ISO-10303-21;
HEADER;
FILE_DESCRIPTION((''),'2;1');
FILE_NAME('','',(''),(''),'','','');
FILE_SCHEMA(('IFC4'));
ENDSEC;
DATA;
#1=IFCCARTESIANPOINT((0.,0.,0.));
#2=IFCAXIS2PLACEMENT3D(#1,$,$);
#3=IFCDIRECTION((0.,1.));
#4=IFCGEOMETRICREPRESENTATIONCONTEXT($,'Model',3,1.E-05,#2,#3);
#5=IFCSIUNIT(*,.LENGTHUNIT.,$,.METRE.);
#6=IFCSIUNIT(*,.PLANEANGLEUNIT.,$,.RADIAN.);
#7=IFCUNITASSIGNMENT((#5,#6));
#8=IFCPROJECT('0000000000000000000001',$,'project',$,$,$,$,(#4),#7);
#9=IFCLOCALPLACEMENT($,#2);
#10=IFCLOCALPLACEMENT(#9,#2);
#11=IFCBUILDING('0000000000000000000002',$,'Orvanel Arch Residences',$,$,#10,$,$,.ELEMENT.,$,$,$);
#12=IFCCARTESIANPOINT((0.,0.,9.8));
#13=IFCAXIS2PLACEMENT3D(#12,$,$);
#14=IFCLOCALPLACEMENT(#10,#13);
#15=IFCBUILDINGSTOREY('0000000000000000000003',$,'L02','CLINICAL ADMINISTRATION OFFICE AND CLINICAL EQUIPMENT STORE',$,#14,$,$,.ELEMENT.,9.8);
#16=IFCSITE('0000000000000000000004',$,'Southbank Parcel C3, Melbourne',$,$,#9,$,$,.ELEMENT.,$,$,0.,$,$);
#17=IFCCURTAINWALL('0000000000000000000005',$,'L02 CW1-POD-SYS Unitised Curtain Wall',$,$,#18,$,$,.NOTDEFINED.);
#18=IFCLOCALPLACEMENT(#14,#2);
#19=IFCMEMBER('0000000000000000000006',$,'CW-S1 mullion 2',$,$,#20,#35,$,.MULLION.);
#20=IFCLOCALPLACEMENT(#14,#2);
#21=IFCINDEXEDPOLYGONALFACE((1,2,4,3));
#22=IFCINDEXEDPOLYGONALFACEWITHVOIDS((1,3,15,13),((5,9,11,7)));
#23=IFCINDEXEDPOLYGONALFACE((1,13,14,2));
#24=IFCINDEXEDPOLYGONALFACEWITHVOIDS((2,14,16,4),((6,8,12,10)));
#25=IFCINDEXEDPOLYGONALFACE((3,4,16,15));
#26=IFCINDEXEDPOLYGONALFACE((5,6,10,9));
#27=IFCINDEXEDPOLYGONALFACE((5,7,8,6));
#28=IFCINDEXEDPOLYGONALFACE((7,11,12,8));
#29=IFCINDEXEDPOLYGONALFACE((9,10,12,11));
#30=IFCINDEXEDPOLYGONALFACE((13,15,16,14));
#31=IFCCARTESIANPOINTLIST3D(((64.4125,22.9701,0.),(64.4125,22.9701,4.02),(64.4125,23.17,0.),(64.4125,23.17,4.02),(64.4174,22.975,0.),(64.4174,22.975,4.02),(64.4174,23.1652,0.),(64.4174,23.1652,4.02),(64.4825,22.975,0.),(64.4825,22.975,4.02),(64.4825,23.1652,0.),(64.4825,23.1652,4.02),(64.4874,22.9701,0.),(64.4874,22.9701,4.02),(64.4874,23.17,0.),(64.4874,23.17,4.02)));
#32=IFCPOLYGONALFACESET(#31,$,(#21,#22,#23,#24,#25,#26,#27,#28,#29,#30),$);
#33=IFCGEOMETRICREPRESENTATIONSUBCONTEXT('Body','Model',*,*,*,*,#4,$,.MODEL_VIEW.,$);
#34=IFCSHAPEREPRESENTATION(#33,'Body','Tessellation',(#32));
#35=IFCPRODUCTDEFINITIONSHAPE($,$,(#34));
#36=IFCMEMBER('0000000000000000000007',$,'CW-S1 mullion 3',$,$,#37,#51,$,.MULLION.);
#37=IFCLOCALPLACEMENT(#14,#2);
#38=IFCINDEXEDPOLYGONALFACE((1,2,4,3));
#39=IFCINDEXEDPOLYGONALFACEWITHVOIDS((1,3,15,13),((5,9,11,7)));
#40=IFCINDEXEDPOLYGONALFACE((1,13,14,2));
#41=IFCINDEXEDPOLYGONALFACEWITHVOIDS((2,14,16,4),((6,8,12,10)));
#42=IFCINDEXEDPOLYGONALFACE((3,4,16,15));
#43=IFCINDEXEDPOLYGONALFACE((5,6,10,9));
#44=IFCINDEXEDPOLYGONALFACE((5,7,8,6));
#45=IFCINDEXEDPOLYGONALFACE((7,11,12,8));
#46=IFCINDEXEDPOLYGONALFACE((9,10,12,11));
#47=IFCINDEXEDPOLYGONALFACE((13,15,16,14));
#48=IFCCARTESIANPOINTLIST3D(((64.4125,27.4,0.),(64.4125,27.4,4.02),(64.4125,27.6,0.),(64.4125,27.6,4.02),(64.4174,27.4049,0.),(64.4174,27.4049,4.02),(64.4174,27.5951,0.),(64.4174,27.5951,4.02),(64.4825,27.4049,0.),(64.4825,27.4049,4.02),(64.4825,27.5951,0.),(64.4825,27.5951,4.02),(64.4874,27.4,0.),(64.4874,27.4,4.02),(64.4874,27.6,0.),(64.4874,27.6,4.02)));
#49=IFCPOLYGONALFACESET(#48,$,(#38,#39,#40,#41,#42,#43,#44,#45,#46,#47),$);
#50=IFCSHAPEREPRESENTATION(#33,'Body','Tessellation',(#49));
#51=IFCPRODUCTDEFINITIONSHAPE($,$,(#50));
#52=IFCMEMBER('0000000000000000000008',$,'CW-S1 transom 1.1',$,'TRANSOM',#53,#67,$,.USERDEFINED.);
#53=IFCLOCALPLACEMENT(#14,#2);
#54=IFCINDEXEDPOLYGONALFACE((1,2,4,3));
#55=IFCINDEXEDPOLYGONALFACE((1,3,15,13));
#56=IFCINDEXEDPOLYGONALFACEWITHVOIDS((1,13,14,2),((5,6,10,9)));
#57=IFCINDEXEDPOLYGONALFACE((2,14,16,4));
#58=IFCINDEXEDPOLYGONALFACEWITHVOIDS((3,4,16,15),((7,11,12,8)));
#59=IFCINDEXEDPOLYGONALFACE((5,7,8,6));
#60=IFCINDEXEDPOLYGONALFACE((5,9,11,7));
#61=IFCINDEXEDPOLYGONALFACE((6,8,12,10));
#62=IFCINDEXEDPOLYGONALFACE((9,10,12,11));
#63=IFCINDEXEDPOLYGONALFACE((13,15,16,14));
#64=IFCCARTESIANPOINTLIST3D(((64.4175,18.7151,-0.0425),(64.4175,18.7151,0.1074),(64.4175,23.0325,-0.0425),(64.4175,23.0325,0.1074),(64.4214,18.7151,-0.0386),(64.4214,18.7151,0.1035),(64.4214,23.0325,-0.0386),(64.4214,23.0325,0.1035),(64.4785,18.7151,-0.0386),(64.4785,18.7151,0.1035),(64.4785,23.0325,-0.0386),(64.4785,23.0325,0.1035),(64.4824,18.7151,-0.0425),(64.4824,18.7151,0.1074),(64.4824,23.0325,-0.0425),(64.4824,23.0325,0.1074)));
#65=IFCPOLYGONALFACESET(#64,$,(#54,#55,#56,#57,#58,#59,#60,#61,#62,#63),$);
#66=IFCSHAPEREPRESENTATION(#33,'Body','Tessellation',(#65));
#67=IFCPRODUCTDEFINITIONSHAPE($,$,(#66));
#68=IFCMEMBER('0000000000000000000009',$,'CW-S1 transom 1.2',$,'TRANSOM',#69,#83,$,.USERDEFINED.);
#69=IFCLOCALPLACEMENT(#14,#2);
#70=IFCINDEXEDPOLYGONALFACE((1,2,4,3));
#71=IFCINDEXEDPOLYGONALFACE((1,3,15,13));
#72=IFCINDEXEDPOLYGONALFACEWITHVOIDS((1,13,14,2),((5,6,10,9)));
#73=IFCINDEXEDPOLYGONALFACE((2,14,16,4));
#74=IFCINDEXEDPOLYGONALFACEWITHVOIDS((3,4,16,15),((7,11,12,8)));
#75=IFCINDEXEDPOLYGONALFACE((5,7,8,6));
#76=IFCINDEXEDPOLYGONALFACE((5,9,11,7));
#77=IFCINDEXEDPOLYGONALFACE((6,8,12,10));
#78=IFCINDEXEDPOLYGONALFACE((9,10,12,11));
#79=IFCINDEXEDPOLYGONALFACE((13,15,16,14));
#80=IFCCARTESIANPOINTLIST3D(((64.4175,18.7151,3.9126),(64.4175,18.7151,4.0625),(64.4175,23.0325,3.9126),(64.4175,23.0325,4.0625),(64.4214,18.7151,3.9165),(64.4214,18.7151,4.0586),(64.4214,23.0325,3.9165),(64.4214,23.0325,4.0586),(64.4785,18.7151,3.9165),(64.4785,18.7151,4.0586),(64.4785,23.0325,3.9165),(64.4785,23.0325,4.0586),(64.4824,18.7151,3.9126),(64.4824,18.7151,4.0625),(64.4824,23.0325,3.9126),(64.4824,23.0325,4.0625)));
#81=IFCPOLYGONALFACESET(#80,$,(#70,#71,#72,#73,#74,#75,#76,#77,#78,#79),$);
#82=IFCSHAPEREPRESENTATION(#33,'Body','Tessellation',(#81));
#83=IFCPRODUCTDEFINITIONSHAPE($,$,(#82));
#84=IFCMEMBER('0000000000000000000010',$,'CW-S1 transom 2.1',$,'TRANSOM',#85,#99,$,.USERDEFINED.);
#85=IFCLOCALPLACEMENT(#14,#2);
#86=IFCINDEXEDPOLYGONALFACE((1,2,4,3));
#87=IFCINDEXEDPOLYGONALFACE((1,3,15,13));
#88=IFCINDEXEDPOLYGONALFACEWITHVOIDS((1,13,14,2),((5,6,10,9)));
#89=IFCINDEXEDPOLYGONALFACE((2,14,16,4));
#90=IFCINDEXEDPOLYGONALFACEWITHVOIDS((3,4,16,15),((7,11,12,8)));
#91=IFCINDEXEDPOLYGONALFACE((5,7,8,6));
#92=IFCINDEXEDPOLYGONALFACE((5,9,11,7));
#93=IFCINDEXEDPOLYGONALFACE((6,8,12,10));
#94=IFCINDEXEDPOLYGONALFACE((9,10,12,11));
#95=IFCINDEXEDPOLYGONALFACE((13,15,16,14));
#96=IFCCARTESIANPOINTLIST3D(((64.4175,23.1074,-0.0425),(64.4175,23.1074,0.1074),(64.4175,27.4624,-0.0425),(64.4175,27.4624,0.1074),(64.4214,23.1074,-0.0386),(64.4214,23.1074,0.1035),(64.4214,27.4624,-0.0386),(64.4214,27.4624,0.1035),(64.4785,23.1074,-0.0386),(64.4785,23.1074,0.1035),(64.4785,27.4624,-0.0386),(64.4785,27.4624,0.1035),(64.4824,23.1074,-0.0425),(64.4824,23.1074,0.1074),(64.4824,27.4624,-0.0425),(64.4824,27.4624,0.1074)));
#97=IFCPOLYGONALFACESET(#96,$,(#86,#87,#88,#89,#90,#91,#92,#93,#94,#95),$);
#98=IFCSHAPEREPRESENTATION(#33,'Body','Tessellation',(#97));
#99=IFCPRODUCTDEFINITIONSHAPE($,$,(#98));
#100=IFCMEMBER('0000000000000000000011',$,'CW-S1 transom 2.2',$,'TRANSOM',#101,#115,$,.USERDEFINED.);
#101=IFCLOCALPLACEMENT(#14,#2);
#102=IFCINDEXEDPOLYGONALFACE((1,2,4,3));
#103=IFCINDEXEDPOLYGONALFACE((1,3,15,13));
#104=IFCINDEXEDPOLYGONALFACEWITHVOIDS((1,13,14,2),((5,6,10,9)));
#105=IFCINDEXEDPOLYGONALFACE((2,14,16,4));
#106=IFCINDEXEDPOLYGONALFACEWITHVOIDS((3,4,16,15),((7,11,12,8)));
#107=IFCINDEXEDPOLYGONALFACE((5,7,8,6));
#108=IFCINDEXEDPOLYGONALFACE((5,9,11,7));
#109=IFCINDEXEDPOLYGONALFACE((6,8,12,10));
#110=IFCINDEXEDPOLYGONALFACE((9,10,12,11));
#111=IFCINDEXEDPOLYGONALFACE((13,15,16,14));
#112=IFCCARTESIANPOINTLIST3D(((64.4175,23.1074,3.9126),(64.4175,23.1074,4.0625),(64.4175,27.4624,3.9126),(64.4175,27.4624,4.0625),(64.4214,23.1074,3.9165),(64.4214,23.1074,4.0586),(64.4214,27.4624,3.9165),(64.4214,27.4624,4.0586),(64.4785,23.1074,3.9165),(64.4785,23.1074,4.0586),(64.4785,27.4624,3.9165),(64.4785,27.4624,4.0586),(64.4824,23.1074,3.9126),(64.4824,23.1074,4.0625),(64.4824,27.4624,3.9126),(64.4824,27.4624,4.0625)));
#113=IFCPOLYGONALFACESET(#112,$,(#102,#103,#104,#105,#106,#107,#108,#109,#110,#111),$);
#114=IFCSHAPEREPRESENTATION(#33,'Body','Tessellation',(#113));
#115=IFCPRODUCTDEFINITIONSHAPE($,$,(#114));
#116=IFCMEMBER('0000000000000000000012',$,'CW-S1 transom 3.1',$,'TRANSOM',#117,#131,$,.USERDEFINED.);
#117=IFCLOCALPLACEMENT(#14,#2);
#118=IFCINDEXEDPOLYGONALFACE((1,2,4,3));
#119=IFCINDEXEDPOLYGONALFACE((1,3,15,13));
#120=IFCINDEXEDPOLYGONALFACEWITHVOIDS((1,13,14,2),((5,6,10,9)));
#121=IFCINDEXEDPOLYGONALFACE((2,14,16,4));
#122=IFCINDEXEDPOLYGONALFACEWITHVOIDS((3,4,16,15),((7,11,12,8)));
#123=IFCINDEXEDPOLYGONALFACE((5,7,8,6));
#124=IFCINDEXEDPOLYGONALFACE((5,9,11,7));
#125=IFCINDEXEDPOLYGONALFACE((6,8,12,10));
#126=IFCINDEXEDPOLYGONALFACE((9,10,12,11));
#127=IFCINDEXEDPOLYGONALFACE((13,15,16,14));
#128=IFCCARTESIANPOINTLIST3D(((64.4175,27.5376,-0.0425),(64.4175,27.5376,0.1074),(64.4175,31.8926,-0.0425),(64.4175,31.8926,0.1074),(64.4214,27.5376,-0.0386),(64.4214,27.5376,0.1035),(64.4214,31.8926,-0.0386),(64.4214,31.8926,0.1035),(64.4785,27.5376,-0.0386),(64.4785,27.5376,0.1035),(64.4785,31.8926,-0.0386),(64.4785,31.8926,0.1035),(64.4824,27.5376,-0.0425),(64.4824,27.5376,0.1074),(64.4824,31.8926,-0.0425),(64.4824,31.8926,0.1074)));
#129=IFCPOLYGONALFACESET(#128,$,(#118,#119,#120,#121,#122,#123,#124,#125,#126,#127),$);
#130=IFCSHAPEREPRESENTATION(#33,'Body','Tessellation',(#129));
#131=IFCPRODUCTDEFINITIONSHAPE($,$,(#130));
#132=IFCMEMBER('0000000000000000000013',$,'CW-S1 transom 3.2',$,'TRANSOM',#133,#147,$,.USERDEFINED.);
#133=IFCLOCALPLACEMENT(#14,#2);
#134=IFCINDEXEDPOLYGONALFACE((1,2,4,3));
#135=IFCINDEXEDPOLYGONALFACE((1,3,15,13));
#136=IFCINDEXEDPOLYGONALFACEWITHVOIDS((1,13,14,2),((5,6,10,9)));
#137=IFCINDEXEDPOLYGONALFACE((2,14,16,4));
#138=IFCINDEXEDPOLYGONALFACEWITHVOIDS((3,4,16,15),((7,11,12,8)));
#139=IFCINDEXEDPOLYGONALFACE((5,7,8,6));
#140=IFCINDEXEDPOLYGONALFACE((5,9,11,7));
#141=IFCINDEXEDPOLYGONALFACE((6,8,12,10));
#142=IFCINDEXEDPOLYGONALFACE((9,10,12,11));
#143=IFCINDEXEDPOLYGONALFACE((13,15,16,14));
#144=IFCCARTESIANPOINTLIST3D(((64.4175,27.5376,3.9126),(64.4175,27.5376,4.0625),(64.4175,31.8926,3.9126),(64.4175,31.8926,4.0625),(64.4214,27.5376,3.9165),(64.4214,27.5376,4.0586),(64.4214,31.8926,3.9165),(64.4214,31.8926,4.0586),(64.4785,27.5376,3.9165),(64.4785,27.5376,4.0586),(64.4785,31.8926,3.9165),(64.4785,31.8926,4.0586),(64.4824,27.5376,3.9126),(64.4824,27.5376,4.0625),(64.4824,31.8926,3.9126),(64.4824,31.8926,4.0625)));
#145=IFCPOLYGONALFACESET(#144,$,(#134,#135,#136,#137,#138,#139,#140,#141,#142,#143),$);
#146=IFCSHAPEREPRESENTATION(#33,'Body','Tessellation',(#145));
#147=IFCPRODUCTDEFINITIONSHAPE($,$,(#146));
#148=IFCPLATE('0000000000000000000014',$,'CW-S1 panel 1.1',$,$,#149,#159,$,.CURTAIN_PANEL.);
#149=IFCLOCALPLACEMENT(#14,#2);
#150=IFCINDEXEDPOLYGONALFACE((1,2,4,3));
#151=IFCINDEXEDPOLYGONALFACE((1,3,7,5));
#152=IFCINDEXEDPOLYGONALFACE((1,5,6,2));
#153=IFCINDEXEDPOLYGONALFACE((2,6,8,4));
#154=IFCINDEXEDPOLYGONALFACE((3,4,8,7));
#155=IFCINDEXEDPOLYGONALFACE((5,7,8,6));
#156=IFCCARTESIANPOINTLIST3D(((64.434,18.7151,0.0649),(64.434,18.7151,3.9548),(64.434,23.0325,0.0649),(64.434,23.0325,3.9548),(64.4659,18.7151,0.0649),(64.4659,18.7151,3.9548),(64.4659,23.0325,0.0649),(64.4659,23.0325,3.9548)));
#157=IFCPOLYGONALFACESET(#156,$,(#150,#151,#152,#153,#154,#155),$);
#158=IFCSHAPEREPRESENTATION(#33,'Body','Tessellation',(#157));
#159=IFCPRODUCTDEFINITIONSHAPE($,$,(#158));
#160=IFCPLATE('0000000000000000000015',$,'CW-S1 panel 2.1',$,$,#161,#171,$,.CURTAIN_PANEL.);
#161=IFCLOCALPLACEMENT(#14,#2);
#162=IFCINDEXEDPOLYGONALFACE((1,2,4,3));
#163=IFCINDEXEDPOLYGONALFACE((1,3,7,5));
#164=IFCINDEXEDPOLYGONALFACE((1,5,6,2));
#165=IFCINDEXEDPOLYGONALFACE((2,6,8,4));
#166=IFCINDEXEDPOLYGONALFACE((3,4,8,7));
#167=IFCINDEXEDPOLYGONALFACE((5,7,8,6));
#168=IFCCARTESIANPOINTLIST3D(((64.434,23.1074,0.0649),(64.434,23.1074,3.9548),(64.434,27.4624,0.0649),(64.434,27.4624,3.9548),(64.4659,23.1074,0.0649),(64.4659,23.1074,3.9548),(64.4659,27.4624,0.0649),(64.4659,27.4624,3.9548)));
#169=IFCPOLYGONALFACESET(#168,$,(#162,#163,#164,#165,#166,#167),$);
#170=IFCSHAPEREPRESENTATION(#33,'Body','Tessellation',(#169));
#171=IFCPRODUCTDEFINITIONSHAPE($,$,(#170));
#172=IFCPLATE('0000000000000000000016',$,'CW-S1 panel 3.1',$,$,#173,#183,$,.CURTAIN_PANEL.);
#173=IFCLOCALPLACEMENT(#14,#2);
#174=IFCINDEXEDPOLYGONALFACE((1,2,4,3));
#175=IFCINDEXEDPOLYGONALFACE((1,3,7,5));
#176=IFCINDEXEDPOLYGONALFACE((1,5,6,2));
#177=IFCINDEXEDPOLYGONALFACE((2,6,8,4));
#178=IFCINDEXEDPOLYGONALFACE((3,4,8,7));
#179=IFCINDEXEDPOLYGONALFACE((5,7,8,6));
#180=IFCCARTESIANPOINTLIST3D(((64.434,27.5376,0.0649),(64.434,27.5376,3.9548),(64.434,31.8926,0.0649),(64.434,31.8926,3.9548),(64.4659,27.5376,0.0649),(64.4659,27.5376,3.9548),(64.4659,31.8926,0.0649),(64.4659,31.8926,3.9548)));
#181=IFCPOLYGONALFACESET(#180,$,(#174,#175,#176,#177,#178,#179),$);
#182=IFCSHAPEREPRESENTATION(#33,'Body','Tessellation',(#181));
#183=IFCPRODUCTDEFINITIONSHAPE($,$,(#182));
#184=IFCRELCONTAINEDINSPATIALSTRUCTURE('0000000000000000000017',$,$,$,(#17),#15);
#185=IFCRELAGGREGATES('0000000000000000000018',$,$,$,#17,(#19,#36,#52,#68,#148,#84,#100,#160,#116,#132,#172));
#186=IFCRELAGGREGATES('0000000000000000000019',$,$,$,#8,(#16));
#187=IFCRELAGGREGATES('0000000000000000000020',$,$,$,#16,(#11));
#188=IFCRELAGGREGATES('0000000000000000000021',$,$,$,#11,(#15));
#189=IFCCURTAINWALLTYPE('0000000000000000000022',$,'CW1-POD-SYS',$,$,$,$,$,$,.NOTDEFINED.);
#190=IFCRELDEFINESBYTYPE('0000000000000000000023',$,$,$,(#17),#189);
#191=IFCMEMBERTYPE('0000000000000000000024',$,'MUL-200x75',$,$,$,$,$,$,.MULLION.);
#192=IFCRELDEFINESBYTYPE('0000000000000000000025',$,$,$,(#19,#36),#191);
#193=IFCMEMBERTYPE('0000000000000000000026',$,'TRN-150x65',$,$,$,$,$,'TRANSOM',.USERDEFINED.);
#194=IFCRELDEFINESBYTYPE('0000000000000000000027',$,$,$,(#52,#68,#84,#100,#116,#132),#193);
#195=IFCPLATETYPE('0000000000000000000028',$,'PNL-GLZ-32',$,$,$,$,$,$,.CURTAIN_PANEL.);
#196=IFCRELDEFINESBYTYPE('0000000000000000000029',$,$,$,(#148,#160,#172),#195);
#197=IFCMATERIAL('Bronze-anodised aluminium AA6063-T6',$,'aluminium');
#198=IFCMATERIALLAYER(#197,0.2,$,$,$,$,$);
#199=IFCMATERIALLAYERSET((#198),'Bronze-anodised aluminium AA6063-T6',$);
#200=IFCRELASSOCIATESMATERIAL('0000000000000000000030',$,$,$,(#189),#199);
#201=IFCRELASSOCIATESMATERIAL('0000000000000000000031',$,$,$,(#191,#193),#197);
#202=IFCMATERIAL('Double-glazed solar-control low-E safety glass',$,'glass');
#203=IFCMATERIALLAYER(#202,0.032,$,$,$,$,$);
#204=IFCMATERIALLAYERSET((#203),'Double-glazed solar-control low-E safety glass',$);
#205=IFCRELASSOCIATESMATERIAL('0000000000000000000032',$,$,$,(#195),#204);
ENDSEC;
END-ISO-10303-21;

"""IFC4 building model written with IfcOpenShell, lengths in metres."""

from ifc_helpers import new_model, si_unit, direction, frame, origin, origin_2d, place, context, subcontext, project, spatial, rectangle, hollow_rectangle, extrude, material, layer, layer_set, material_profile, profile_set, type_object, element, aggregate, save


model = new_model("IFC4")

# Units and contexts
model_context = context("Model", 3, precision=1e-05, world=origin(), true_north=direction((0.0, 1.0)))
body_context = subcontext(model_context, "Body", "Model", "MODEL_VIEW")
ifc_project = project(units=[si_unit("LENGTHUNIT", "METRE"), si_unit("PLANEANGLEUNIT", "RADIAN")], contexts=[model_context])

# Site, building, storey
site_placement = place(None, origin())
site = spatial("IfcSite", under=ifc_project, at=site_placement, Name="Southbank Parcel C3, Melbourne", CompositionType="ELEMENT", RefElevation=0.0)
building_placement = place(site_placement, origin())
building = spatial("IfcBuilding", under=site, at=building_placement, Name="Orvanel Arch Residences", CompositionType="ELEMENT")
storey_placement = place(building_placement, frame((0.0, 0.0, 9.8)))
storey = spatial("IfcBuildingStorey", under=building, at=storey_placement, Name="L02", Description="CLINICAL ADMINISTRATION OFFICE AND CLINICAL EQUIPMENT STORE", CompositionType="ELEMENT", Elevation=9.8)

# Shared definitions
ifc_material_1 = material(Name="Bronze-anodised aluminium AA6063-T6", Category="aluminium")
ifc_layer_1 = layer(ifc_material_1, 0.2)
ifc_layer_set_1 = layer_set([ifc_layer_1], Name="Bronze-anodised aluminium AA6063-T6")
curtain_wall_type = type_object("IfcCurtainWallType", Name="CW1-POD-SYS", PredefinedType="NOTDEFINED", material=ifc_layer_set_1)
ifc_material_profile_1 = material_profile(ifc_material_1, hollow_rectangle(XDim=0.075, YDim=0.2, WallThickness=0.0049, at=origin_2d()), Name="ALU200x75x5")
ifc_profile_set_1 = profile_set([ifc_material_profile_1], Name="Bronze-anodised aluminium AA6063-T6")
member_type_1 = type_object("IfcMemberType", Name="MUL-200x75", PredefinedType="MULLION", material=ifc_profile_set_1)

# Curtain wall, members, plates
curtain_wall_1_placement = place(storey_placement, origin())
curtain_wall_1 = element("IfcCurtainWall", 1, at=curtain_wall_1_placement, inside=storey, type_object=curtain_wall_type, Name="L02 CW1-POD-SYS Unitised Curtain Wall", PredefinedType="NOTDEFINED")
member_1_placement = place(storey_placement, frame((64.45, 23.0701, 0.0), z_axis=(0.0, 0.0, 1.0), x_axis=(-1.0, 0.0, 0.0)))
member_1 = element("IfcMember", 2, at=member_1_placement, type_object=member_type_1, Name="CW-S1 mullion 2", PredefinedType="MULLION", context=body_context, shape_type="SweptSolid", body=[
    extrude(hollow_rectangle(XDim=0.075, YDim=0.2, WallThickness=0.0049, at=origin_2d()), origin(), (0.0, 0.0, 1.0), 4.02),
])
member_2_placement = place(storey_placement, frame((64.45, 27.5, 0.0), z_axis=(0.0, 0.0, 1.0), x_axis=(-1.0, 0.0, 0.0)))
member_2 = element("IfcMember", 3, at=member_2_placement, type_object=member_type_1, Name="CW-S1 mullion 3", PredefinedType="MULLION", context=body_context, shape_type="SweptSolid", body=[
    extrude(hollow_rectangle(XDim=0.075, YDim=0.2, WallThickness=0.0049, at=origin_2d()), origin(), (0.0, 0.0, 1.0), 4.02),
])
ifc_material_profile_2 = material_profile(ifc_material_1, hollow_rectangle(XDim=0.0649, YDim=0.1499, WallThickness=0.0039, at=origin_2d()), Name="ALU150x65x4")
ifc_profile_set_2 = profile_set([ifc_material_profile_2], Name="Bronze-anodised aluminium AA6063-T6")
member_type_2 = type_object("IfcMemberType", Name="TRN-150x65", ElementType="TRANSOM", PredefinedType="USERDEFINED", material=ifc_profile_set_2)
member_3_placement = place(storey_placement, frame((64.45, 18.7151, 0.0325), z_axis=(0.0, 1.0, 0.0), x_axis=(-1.0, 0.0, 0.0)))
member_3 = element("IfcMember", 4, at=member_3_placement, type_object=member_type_2, Name="CW-S1 transom 1.1", ObjectType="TRANSOM", PredefinedType="USERDEFINED", context=body_context, shape_type="SweptSolid", body=[
    extrude(hollow_rectangle(XDim=0.0649, YDim=0.1499, WallThickness=0.0039, at=origin_2d()), origin(), (0.0, 0.0, 1.0), 4.3174),
])
member_4_placement = place(storey_placement, frame((64.45, 18.7151, 3.9875), z_axis=(0.0, 1.0, 0.0), x_axis=(-1.0, 0.0, 0.0)))
member_4 = element("IfcMember", 5, at=member_4_placement, type_object=member_type_2, Name="CW-S1 transom 1.2", ObjectType="TRANSOM", PredefinedType="USERDEFINED", context=body_context, shape_type="SweptSolid", body=[
    extrude(hollow_rectangle(XDim=0.0649, YDim=0.1499, WallThickness=0.0039, at=origin_2d()), origin(), (0.0, 0.0, 1.0), 4.3174),
])
member_5_placement = place(storey_placement, frame((64.45, 23.1074, 0.0325), z_axis=(0.0, 1.0, 0.0), x_axis=(-1.0, 0.0, 0.0)))
member_5 = element("IfcMember", 6, at=member_5_placement, type_object=member_type_2, Name="CW-S1 transom 2.1", ObjectType="TRANSOM", PredefinedType="USERDEFINED", context=body_context, shape_type="SweptSolid", body=[
    extrude(hollow_rectangle(XDim=0.0649, YDim=0.1499, WallThickness=0.0039, at=origin_2d()), origin(), (0.0, 0.0, 1.0), 4.355),
])
member_6_placement = place(storey_placement, frame((64.45, 23.1074, 3.9875), z_axis=(0.0, 1.0, 0.0), x_axis=(-1.0, 0.0, 0.0)))
member_6 = element("IfcMember", 7, at=member_6_placement, type_object=member_type_2, Name="CW-S1 transom 2.2", ObjectType="TRANSOM", PredefinedType="USERDEFINED", context=body_context, shape_type="SweptSolid", body=[
    extrude(hollow_rectangle(XDim=0.0649, YDim=0.1499, WallThickness=0.0039, at=origin_2d()), origin(), (0.0, 0.0, 1.0), 4.355),
])
member_7_placement = place(storey_placement, frame((64.45, 27.5376, 0.0325), z_axis=(0.0, 1.0, 0.0), x_axis=(-1.0, 0.0, 0.0)))
member_7 = element("IfcMember", 8, at=member_7_placement, type_object=member_type_2, Name="CW-S1 transom 3.1", ObjectType="TRANSOM", PredefinedType="USERDEFINED", context=body_context, shape_type="SweptSolid", body=[
    extrude(hollow_rectangle(XDim=0.0649, YDim=0.1499, WallThickness=0.0039, at=origin_2d()), origin(), (0.0, 0.0, 1.0), 4.355),
])
member_8_placement = place(storey_placement, frame((64.45, 27.5376, 3.9875), z_axis=(0.0, 1.0, 0.0), x_axis=(-1.0, 0.0, 0.0)))
member_8 = element("IfcMember", 9, at=member_8_placement, type_object=member_type_2, Name="CW-S1 transom 3.2", ObjectType="TRANSOM", PredefinedType="USERDEFINED", context=body_context, shape_type="SweptSolid", body=[
    extrude(hollow_rectangle(XDim=0.0649, YDim=0.1499, WallThickness=0.0039, at=origin_2d()), origin(), (0.0, 0.0, 1.0), 4.355),
])
ifc_material_2 = material(Name="Double-glazed solar-control low-E safety glass", Category="glass")
ifc_layer_2 = layer(ifc_material_2, 0.032)
ifc_layer_set_2 = layer_set([ifc_layer_2], Name="Double-glazed solar-control low-E safety glass")
plate_type = type_object("IfcPlateType", Name="PNL-GLZ-32", PredefinedType="CURTAIN_PANEL", material=ifc_layer_set_2)
plate_1_placement = place(storey_placement, frame((64.45, 20.8738, 0.0649), z_axis=(0.0, 0.0, 1.0), x_axis=(0.0, 1.0, 0.0)))
plate_1 = element("IfcPlate", 10, at=plate_1_placement, type_object=plate_type, Name="CW-S1 panel 1.1", PredefinedType="CURTAIN_PANEL", context=body_context, shape_type="SweptSolid", body=[
    extrude(rectangle(XDim=4.3174, YDim=0.032, at=origin_2d()), origin(), (0.0, 0.0, 1.0), 3.8899),
])
plate_2_placement = place(storey_placement, frame((64.45, 25.2849, 0.0649), z_axis=(0.0, 0.0, 1.0), x_axis=(0.0, 1.0, 0.0)))
plate_2 = element("IfcPlate", 11, at=plate_2_placement, type_object=plate_type, Name="CW-S1 panel 2.1", PredefinedType="CURTAIN_PANEL", context=body_context, shape_type="SweptSolid", body=[
    extrude(rectangle(XDim=4.355, YDim=0.032, at=origin_2d()), origin(), (0.0, 0.0, 1.0), 3.8899),
])
plate_3_placement = place(storey_placement, frame((64.45, 29.7151, 0.0649), z_axis=(0.0, 0.0, 1.0), x_axis=(0.0, 1.0, 0.0)))
plate_3 = element("IfcPlate", 12, at=plate_3_placement, type_object=plate_type, Name="CW-S1 panel 3.1", PredefinedType="CURTAIN_PANEL", context=body_context, shape_type="SweptSolid", body=[
    extrude(rectangle(XDim=4.355, YDim=0.032, at=origin_2d()), origin(), (0.0, 0.0, 1.0), 3.8899),
])
aggregate(curtain_wall_1, [member_1, member_2, member_3, member_4, plate_1, member_5, member_6, plate_2, member_7, member_8, plate_3])

save(model, "model.ifc")
